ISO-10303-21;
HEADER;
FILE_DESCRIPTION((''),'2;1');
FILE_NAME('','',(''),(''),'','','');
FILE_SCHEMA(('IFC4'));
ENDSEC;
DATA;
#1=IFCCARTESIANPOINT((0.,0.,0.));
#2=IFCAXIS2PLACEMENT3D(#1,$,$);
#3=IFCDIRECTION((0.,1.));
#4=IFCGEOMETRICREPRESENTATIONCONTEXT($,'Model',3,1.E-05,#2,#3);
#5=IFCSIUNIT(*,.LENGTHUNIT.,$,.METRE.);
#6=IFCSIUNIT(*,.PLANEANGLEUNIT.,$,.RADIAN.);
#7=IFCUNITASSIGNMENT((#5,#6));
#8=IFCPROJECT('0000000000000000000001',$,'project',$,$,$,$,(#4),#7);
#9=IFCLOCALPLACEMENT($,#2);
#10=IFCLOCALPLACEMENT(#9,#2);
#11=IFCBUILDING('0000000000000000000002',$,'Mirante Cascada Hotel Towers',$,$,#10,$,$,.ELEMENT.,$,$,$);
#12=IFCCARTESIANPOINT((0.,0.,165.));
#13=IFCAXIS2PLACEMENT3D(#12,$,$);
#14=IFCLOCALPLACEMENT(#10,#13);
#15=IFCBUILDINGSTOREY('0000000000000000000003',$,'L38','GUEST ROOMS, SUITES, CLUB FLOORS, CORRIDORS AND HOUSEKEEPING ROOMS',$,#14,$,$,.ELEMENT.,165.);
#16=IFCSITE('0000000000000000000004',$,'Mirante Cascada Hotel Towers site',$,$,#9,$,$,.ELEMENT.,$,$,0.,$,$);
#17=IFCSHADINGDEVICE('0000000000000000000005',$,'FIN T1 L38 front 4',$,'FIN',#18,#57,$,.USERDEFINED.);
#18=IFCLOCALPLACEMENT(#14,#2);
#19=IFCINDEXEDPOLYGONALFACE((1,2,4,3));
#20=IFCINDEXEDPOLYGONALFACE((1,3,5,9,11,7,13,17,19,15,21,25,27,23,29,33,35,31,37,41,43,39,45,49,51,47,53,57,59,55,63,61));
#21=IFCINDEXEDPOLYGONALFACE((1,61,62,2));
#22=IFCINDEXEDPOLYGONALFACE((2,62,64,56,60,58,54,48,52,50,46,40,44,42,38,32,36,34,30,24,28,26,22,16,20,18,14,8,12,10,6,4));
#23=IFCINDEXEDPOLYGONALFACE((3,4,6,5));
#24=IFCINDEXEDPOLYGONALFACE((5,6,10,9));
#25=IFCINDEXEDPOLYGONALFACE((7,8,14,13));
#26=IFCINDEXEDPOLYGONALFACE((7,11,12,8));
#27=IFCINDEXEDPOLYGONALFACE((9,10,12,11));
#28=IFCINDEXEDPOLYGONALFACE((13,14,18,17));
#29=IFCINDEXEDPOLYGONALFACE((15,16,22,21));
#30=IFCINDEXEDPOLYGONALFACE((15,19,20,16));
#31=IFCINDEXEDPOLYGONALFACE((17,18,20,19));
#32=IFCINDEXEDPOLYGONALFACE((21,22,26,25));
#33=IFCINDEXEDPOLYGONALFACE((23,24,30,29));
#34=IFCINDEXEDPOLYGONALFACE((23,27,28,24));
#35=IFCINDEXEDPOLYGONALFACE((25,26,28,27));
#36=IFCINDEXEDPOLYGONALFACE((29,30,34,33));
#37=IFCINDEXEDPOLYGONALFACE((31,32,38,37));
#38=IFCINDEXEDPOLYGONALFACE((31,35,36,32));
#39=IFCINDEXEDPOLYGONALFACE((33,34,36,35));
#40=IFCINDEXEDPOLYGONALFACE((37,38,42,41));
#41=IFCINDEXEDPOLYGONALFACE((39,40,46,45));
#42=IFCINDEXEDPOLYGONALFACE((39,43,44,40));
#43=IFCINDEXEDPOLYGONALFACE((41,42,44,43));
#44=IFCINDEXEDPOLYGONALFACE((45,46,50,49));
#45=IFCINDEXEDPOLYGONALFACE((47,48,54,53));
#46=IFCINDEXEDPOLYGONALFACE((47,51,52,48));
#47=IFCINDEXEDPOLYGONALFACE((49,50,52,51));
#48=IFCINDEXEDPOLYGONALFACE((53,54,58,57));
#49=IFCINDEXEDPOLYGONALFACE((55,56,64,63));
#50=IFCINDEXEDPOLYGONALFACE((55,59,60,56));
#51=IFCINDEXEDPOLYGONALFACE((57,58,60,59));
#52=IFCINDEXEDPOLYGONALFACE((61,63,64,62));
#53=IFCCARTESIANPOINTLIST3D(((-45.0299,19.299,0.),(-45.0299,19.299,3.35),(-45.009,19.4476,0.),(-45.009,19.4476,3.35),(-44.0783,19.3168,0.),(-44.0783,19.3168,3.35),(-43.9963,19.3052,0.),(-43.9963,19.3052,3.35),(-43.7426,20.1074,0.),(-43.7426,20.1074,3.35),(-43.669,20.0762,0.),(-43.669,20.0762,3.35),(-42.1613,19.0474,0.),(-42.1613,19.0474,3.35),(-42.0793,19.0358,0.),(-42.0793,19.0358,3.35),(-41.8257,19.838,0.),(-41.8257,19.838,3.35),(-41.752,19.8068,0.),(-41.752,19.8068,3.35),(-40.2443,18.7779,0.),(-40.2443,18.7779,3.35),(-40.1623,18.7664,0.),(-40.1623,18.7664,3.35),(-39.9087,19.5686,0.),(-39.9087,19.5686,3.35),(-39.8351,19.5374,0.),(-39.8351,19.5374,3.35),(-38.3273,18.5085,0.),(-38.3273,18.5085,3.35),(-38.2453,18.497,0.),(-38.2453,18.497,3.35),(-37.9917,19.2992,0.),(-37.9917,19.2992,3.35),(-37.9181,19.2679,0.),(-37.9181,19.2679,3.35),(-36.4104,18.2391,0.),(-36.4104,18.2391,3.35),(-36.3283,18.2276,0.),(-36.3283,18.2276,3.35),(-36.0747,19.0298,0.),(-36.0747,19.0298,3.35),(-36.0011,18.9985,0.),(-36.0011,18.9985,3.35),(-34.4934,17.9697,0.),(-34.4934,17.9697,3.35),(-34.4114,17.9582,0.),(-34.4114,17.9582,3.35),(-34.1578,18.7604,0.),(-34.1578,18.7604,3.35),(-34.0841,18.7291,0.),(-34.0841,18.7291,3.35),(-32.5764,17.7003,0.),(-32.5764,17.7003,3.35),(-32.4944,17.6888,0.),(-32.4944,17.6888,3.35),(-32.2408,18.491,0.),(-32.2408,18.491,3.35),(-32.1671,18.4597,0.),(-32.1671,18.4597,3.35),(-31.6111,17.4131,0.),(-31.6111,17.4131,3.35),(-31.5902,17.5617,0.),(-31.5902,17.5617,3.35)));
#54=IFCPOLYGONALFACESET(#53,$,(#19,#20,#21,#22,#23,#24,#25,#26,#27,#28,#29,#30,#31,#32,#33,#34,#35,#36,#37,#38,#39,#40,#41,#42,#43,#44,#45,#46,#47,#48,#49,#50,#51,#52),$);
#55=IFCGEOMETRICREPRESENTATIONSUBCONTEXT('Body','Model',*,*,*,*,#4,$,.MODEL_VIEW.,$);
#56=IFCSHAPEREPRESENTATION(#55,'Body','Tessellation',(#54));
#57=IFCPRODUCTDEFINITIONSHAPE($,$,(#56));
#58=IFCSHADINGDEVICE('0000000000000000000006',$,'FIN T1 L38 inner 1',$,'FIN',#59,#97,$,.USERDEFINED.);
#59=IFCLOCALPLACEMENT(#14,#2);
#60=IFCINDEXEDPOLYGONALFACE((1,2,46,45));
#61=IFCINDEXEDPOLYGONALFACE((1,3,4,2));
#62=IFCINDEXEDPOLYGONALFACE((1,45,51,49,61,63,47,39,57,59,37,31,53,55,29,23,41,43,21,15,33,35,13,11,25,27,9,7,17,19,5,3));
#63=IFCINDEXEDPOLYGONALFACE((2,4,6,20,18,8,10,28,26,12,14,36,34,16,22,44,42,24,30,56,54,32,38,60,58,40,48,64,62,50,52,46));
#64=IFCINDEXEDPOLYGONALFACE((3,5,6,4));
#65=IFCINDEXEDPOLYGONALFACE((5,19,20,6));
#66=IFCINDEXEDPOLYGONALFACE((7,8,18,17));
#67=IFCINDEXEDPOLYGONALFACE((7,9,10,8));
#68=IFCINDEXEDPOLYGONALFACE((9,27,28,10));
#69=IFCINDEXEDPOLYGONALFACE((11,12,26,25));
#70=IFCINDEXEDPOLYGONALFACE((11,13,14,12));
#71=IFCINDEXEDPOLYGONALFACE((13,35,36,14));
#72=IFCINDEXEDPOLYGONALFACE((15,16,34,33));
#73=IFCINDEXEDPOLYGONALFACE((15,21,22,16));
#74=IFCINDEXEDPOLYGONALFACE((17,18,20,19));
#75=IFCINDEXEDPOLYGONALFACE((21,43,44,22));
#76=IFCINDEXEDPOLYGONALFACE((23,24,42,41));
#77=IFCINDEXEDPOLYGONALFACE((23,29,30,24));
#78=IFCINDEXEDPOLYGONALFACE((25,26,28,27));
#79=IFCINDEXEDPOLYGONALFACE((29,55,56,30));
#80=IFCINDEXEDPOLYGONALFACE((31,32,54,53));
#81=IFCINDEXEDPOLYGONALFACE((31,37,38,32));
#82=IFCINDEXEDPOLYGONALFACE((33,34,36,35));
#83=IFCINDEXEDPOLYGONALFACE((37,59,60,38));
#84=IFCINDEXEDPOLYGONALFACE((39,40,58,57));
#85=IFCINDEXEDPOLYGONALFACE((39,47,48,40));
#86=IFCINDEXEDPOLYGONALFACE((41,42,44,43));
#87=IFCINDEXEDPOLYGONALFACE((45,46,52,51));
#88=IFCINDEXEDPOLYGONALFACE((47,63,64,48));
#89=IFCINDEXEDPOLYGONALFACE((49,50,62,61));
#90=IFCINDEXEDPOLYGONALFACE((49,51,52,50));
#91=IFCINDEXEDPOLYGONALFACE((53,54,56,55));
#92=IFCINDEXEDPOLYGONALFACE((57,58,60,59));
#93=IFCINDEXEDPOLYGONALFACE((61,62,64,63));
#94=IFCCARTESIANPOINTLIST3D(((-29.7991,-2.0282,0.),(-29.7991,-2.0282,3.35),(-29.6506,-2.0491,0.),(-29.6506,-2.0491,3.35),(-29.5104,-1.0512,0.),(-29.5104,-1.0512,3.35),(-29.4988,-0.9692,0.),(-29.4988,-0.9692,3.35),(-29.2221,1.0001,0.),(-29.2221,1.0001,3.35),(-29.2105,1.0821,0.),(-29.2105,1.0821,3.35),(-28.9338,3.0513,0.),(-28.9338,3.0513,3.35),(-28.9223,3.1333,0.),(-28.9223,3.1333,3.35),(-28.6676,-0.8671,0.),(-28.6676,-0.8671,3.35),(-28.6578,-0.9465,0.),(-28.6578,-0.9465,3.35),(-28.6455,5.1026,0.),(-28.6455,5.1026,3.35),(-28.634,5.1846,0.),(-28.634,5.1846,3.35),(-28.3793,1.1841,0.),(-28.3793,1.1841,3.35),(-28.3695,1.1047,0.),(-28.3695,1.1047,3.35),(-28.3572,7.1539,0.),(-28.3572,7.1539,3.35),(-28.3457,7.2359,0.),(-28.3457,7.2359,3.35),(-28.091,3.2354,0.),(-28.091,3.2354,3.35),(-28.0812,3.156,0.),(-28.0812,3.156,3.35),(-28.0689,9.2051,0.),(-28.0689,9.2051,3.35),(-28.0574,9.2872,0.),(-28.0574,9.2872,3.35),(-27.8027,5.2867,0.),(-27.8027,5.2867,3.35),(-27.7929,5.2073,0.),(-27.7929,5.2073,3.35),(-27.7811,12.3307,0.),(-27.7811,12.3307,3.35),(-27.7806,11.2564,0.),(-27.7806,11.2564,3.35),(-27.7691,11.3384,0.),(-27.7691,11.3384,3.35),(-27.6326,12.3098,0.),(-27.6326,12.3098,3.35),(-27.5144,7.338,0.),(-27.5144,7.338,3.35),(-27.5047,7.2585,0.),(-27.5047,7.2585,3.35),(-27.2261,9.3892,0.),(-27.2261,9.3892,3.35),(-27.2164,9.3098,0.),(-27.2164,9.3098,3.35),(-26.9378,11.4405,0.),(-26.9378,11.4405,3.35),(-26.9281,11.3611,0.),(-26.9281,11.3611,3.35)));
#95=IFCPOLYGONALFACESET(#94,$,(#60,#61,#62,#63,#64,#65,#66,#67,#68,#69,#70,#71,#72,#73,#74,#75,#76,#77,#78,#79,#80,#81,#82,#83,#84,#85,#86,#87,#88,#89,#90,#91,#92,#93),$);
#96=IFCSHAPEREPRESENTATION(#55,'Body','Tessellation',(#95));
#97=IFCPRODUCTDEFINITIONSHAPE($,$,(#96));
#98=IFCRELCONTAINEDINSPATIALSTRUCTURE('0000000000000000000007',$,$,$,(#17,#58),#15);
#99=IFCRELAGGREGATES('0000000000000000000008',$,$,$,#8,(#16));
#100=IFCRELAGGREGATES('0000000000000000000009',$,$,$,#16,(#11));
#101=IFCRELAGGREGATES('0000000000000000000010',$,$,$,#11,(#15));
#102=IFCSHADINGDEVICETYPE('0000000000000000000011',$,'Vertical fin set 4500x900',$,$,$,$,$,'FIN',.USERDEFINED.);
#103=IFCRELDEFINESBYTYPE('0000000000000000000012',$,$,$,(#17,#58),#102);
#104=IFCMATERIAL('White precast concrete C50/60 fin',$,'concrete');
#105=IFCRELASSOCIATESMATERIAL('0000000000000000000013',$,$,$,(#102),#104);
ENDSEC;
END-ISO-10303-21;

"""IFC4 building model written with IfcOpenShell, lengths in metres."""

from ifc_helpers import new_model, si_unit, direction, frame, origin, place, context, subcontext, project, spatial, polyline, outline, extrude, material, type_object, element, save


model = new_model("IFC4")

# Units and contexts
model_context = context("Model", 3, precision=1e-05, world=origin(), true_north=direction((0.0, 1.0)))
body_context = subcontext(model_context, "Body", "Model", "MODEL_VIEW")
ifc_project = project(units=[si_unit("LENGTHUNIT", "METRE"), si_unit("PLANEANGLEUNIT", "RADIAN")], contexts=[model_context])

# Site, building, storey
site_placement = place(None, origin())
site = spatial("IfcSite", under=ifc_project, at=site_placement, Name="Mirante Cascada Hotel Towers site", CompositionType="ELEMENT", RefElevation=0.0)
building_placement = place(site_placement, origin())
building = spatial("IfcBuilding", under=site, at=building_placement, Name="Mirante Cascada Hotel Towers", CompositionType="ELEMENT")
storey_placement = place(building_placement, frame((0.0, 0.0, 165.0)))
storey = spatial("IfcBuildingStorey", under=building, at=storey_placement, Name="L38", Description="GUEST ROOMS, SUITES, CLUB FLOORS, CORRIDORS AND HOUSEKEEPING ROOMS", CompositionType="ELEMENT", Elevation=165.0)

# Shading devices
ifc_material_1 = material(Name="White precast concrete C50/60 fin", Category="concrete")
shading_device_type = type_object("IfcShadingDeviceType", Name="Vertical fin set 4500x900", ElementType="FIN", PredefinedType="USERDEFINED", material=ifc_material_1)
shading_device_1_placement = place(storey_placement, origin())
element("IfcShadingDevice", 1, at=shading_device_1_placement, inside=storey, type_object=shading_device_type, Name="FIN T1 L38 front 4", ObjectType="FIN", PredefinedType="USERDEFINED", context=body_context, shape_type="SweptSolid", body=[
    extrude(outline(polyline([(-32.4944, 17.6888), (-31.5902, 17.5617), (-31.6111, 17.4131), (-45.0299, 19.299), (-45.009, 19.4476), (-44.0783, 19.3168), (-43.7426, 20.1074), (-43.669, 20.0762), (-43.9963, 19.3052), (-42.1613, 19.0474), (-41.8257, 19.838), (-41.752, 19.8068), (-42.0793, 19.0358), (-40.2443, 18.7779), (-39.9087, 19.5686), (-39.8351, 19.5374), (-40.1623, 18.7664), (-38.3273, 18.5085), (-37.9917, 19.2992), (-37.9181, 19.2679), (-38.2453, 18.497), (-36.4104, 18.2391), (-36.0747, 19.0298), (-36.0011, 18.9985), (-36.3283, 18.2276), (-34.4934, 17.9697), (-34.1578, 18.7604), (-34.0841, 18.7291), (-34.4114, 17.9582), (-32.5764, 17.7003), (-32.2408, 18.491), (-32.1671, 18.4597), (-32.4944, 17.6888)])), origin(), (0.0, 0.0, 1.0), 3.35),
])
shading_device_2_placement = place(storey_placement, origin())
element("IfcShadingDevice", 2, at=shading_device_2_placement, inside=storey, type_object=shading_device_type, Name="FIN T1 L38 inner 1", ObjectType="FIN", PredefinedType="USERDEFINED", context=body_context, shape_type="SweptSolid", body=[
    extrude(outline(polyline([(-29.5104, -1.0512), (-29.6506, -2.0491), (-29.7991, -2.0282), (-27.7811, 12.3307), (-27.6326, 12.3098), (-27.7691, 11.3384), (-26.9378, 11.4405), (-26.9281, 11.3611), (-27.7806, 11.2564), (-28.0574, 9.2872), (-27.2261, 9.3892), (-27.2164, 9.3098), (-28.0689, 9.2051), (-28.3457, 7.2359), (-27.5144, 7.338), (-27.5047, 7.2585), (-28.3572, 7.1539), (-28.634, 5.1846), (-27.8027, 5.2867), (-27.7929, 5.2073), (-28.6455, 5.1026), (-28.9223, 3.1333), (-28.091, 3.2354), (-28.0812, 3.156), (-28.9338, 3.0513), (-29.2105, 1.0821), (-28.3793, 1.1841), (-28.3695, 1.1047), (-29.2221, 1.0001), (-29.4988, -0.9692), (-28.6676, -0.8671), (-28.6578, -0.9465), (-29.5104, -1.0512)])), origin(), (0.0, 0.0, 1.0), 3.35),
])

save(model, "model.ifc")
